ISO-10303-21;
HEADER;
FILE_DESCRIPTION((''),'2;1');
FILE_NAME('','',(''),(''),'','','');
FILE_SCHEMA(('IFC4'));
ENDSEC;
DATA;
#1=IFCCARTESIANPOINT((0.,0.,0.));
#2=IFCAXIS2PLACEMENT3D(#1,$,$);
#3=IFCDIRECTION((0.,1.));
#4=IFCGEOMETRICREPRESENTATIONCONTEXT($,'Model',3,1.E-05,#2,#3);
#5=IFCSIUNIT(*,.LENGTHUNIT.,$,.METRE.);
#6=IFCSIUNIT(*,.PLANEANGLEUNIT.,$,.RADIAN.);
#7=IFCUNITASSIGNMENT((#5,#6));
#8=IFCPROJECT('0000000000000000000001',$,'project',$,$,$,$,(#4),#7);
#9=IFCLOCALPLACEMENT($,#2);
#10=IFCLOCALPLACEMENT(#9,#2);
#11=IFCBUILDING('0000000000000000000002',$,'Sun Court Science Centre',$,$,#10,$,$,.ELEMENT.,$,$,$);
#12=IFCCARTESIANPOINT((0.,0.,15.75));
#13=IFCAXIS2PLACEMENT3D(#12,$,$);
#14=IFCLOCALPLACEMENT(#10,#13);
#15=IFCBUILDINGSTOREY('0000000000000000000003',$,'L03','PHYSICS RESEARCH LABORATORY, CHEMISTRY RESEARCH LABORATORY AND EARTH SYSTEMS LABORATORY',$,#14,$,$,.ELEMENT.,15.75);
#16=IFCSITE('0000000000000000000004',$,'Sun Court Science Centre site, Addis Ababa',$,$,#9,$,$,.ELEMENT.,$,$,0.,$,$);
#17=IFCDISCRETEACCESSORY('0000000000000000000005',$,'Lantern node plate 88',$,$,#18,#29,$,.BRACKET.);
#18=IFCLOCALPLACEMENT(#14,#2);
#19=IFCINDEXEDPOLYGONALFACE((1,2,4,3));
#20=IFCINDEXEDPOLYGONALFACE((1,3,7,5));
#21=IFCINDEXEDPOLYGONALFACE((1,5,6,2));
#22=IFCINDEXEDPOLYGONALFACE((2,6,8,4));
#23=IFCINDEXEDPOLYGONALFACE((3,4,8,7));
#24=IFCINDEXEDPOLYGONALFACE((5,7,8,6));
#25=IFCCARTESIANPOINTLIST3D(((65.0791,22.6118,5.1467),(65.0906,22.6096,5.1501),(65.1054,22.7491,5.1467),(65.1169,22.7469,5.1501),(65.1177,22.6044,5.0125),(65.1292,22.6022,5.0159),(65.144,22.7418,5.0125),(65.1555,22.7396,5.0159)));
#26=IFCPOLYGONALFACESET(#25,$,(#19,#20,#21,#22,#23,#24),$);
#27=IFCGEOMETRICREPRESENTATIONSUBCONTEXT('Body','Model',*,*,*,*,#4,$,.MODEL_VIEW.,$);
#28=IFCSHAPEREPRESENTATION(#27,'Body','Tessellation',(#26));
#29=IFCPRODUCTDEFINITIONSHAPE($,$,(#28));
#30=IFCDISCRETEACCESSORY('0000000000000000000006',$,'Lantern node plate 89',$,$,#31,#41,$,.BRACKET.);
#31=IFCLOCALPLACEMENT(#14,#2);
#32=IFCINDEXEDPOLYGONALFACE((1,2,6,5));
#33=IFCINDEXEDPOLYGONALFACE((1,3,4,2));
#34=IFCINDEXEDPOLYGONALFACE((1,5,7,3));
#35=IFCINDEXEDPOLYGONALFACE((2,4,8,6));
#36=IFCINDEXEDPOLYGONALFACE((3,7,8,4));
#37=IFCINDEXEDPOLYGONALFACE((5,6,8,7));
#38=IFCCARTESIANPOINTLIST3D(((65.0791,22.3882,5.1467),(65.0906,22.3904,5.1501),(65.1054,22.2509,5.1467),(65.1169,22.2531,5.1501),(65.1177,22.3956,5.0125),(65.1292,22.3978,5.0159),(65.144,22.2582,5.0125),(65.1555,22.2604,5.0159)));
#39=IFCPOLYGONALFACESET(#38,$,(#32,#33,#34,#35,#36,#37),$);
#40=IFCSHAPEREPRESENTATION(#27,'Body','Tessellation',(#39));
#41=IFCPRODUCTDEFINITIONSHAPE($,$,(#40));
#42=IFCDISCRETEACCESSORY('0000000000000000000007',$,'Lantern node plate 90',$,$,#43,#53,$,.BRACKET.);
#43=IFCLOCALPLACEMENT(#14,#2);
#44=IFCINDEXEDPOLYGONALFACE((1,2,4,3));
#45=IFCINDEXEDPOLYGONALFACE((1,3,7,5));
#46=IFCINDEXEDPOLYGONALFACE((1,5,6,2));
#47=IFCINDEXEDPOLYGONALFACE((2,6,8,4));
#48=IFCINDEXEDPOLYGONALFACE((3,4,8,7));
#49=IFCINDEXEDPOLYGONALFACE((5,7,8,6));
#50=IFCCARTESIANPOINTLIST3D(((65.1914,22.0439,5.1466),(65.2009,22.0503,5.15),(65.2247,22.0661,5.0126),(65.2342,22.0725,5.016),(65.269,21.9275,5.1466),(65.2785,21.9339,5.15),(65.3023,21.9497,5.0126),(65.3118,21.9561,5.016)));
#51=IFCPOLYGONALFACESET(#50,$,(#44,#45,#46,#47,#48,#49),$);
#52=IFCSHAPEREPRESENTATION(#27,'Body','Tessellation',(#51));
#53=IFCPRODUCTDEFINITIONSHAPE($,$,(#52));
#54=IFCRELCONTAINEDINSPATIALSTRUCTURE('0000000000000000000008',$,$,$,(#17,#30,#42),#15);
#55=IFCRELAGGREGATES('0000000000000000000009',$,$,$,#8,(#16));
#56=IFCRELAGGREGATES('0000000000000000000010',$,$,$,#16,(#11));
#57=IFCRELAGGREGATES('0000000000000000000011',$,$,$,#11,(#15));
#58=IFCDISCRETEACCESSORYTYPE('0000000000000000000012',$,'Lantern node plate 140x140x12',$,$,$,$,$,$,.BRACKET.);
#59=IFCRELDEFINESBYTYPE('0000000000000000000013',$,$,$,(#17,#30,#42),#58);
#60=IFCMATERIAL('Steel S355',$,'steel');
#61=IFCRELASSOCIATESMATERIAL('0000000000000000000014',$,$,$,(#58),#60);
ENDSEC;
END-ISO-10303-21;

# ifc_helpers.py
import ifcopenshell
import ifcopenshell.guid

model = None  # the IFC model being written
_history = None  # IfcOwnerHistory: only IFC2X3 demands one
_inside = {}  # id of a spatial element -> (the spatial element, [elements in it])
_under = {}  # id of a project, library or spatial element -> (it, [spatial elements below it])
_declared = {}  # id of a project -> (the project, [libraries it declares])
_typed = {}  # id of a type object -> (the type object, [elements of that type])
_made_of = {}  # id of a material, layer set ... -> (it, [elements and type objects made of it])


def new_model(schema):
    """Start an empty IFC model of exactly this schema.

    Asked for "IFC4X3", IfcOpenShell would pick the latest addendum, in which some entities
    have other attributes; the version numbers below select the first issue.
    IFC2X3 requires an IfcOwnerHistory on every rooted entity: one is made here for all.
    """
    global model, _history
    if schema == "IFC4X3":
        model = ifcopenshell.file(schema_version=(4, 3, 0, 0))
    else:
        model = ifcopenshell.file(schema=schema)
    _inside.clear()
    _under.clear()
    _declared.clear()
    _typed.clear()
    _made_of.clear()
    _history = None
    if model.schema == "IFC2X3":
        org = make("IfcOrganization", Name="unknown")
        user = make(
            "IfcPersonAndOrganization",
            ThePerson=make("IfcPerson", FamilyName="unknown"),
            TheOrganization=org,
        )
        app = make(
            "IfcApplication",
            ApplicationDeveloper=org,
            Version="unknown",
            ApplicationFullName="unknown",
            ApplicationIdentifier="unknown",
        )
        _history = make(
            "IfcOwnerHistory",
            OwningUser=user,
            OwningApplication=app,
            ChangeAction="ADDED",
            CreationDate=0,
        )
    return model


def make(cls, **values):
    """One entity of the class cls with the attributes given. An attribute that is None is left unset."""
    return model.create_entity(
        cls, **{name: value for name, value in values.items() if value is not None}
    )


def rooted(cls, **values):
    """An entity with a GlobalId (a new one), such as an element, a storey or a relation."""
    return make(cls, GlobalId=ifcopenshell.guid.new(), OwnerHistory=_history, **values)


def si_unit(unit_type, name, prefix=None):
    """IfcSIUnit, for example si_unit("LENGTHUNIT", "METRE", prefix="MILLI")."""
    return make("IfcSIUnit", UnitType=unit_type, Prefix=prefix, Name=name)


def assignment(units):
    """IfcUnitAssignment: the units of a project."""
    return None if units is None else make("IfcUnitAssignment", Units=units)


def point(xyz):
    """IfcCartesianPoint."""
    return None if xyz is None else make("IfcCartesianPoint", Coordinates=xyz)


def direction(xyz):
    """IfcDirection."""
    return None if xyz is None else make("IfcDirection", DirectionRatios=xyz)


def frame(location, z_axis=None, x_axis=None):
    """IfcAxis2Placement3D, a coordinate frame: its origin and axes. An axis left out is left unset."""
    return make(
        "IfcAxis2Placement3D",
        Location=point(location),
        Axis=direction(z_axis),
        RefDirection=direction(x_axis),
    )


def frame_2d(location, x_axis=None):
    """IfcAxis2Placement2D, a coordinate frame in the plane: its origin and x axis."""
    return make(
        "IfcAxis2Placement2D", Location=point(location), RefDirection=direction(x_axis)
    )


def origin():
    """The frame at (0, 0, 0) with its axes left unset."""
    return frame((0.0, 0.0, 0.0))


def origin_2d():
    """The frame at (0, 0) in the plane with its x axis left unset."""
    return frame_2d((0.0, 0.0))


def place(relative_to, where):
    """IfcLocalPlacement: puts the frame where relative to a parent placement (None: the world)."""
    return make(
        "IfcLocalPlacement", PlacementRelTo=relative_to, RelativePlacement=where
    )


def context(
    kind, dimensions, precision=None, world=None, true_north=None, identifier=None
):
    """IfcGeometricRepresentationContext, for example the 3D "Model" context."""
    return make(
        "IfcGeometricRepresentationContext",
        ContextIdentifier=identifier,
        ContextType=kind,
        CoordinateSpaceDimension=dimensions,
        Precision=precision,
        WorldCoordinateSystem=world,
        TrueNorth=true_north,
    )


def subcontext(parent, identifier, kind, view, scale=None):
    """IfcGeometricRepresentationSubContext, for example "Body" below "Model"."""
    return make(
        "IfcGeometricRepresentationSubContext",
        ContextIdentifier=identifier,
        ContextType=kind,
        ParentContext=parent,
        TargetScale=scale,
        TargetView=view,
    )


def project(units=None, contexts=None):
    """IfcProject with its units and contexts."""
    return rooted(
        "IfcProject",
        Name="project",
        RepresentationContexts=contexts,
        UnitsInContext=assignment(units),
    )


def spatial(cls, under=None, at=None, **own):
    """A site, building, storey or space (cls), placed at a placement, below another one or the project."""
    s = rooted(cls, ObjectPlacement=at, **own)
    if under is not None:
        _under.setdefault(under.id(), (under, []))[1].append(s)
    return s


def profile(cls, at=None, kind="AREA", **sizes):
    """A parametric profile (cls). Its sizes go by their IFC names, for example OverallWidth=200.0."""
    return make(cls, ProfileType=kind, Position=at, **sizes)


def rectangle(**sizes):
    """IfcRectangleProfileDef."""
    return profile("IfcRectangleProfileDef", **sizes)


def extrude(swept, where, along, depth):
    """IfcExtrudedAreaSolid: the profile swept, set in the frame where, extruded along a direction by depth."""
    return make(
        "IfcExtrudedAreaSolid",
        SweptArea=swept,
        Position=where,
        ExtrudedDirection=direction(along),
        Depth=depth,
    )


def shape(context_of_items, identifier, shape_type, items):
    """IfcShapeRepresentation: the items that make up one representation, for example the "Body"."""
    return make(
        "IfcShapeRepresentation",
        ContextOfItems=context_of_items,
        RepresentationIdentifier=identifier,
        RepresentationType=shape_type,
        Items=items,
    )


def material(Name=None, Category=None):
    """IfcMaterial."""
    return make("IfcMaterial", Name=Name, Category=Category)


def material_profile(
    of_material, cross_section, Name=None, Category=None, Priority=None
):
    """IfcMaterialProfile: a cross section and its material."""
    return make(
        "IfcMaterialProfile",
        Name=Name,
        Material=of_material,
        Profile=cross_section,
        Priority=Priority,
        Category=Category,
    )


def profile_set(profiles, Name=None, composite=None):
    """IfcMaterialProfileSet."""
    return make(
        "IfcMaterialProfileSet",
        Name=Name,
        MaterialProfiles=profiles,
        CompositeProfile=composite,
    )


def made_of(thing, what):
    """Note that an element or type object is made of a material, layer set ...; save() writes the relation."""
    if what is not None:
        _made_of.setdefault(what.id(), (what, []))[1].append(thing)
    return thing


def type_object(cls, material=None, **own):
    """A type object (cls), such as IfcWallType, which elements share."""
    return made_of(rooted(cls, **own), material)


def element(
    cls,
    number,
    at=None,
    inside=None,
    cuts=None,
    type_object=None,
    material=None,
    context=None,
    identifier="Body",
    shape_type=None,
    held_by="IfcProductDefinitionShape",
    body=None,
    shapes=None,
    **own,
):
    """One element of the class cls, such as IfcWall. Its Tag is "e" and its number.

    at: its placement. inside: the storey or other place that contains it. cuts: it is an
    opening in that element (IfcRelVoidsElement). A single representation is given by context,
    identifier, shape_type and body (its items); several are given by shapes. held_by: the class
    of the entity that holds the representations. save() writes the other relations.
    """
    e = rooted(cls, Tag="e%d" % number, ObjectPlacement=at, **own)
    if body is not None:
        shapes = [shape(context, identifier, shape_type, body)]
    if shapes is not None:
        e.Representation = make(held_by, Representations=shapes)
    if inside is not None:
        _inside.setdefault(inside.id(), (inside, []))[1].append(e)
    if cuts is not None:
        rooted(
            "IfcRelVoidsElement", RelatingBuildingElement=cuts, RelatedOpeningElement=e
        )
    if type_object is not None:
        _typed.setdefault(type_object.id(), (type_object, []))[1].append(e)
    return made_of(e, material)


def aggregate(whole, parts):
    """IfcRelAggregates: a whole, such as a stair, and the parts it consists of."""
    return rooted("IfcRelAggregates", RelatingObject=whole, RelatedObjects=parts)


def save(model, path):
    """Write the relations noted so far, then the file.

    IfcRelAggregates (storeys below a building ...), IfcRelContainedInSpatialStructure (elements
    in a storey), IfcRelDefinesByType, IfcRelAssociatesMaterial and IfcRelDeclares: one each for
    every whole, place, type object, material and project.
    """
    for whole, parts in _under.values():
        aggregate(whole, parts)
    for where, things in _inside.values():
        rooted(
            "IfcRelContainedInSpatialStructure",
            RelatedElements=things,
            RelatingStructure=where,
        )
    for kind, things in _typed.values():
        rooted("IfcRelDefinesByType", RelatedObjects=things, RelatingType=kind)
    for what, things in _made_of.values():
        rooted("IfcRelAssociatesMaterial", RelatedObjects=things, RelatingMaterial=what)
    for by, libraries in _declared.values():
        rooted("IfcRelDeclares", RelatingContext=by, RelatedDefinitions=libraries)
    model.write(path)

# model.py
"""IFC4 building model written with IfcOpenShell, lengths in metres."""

from ifc_helpers import new_model, si_unit, direction, frame, origin, origin_2d, place, context, subcontext, project, spatial, rectangle, extrude, material, material_profile, profile_set, type_object, element, save


model = new_model("IFC4")

# Units and contexts
model_context = context("Model", 3, precision=1e-05, world=origin(), true_north=direction((0.0, 1.0)))
body_context = subcontext(model_context, "Body", "Model", "MODEL_VIEW")
ifc_project = project(units=[si_unit("LENGTHUNIT", "METRE"), si_unit("PLANEANGLEUNIT", "RADIAN")], contexts=[model_context])

# Site, building, storey
site_placement = place(None, origin())
site = spatial("IfcSite", under=ifc_project, at=site_placement, Name="Sun Court Science Centre site, Addis Ababa", CompositionType="ELEMENT", RefElevation=0.0)
building_placement = place(site_placement, origin())
building = spatial("IfcBuilding", under=site, at=building_placement, Name="Sun Court Science Centre", CompositionType="ELEMENT")
storey_placement = place(building_placement, frame((0.0, 0.0, 15.75)))
storey = spatial("IfcBuildingStorey", under=building, at=storey_placement, Name="L03", Description="PHYSICS RESEARCH LABORATORY, CHEMISTRY RESEARCH LABORATORY AND EARTH SYSTEMS LABORATORY", CompositionType="ELEMENT", Elevation=15.75)

# Discrete accessories
ifc_material_1 = material(Name="Steel S355", Category="steel")
ifc_material_profile_1 = material_profile(ifc_material_1, rectangle(XDim=0.1399, YDim=0.1399, at=origin_2d()), Name="PL 140x140")
ifc_profile_set_1 = profile_set([ifc_material_profile_1], Name="Steel S355")
discrete_accessory_type_1 = type_object("IfcDiscreteAccessoryType", Name="Lantern node plate 140x140x12", PredefinedType="BRACKET", material=ifc_profile_set_1)
for number, where, z_axis, x_axis, name in (
    (1, (65.1116, 22.6768, 5.0796), (0.942643, -0.180506, 0.280787), (0.188072, 0.982155, 0.0), "Lantern node plate 88"),
    (2, (65.1116, 22.3232, 5.0796), (0.942643, 0.180506, 0.280787), (-0.188072, 0.982155, 0.0), "Lantern node plate 89"),
):
    element("IfcDiscreteAccessory", number, at=place(storey_placement, frame(where, z_axis=z_axis, x_axis=x_axis)), inside=storey, type_object=discrete_accessory_type_1, Name=name, PredefinedType="BRACKET", context=body_context, shape_type="SweptSolid", body=[
        extrude(rectangle(XDim=0.1399, YDim=0.1399, at=origin_2d()), origin(), (0.0, 0.0, 1.0), 0.0122),
    ])
discrete_accessory_1_placement = place(storey_placement, frame((65.2468, 21.9968, 5.0796), z_axis=(0.797248, 0.531498, 0.286191), x_axis=(-0.5547, 0.83205, 0.0)))
element("IfcDiscreteAccessory", 3, at=discrete_accessory_1_placement, inside=storey, type_object=discrete_accessory_type_1, Name="Lantern node plate 90", PredefinedType="BRACKET", context=body_context, shape_type="SweptSolid", body=[
    extrude(rectangle(XDim=0.1399, YDim=0.1399, at=origin_2d()), origin(), (0.0, 0.0, 1.0), 0.012),
])

save(model, "model.ifc")
